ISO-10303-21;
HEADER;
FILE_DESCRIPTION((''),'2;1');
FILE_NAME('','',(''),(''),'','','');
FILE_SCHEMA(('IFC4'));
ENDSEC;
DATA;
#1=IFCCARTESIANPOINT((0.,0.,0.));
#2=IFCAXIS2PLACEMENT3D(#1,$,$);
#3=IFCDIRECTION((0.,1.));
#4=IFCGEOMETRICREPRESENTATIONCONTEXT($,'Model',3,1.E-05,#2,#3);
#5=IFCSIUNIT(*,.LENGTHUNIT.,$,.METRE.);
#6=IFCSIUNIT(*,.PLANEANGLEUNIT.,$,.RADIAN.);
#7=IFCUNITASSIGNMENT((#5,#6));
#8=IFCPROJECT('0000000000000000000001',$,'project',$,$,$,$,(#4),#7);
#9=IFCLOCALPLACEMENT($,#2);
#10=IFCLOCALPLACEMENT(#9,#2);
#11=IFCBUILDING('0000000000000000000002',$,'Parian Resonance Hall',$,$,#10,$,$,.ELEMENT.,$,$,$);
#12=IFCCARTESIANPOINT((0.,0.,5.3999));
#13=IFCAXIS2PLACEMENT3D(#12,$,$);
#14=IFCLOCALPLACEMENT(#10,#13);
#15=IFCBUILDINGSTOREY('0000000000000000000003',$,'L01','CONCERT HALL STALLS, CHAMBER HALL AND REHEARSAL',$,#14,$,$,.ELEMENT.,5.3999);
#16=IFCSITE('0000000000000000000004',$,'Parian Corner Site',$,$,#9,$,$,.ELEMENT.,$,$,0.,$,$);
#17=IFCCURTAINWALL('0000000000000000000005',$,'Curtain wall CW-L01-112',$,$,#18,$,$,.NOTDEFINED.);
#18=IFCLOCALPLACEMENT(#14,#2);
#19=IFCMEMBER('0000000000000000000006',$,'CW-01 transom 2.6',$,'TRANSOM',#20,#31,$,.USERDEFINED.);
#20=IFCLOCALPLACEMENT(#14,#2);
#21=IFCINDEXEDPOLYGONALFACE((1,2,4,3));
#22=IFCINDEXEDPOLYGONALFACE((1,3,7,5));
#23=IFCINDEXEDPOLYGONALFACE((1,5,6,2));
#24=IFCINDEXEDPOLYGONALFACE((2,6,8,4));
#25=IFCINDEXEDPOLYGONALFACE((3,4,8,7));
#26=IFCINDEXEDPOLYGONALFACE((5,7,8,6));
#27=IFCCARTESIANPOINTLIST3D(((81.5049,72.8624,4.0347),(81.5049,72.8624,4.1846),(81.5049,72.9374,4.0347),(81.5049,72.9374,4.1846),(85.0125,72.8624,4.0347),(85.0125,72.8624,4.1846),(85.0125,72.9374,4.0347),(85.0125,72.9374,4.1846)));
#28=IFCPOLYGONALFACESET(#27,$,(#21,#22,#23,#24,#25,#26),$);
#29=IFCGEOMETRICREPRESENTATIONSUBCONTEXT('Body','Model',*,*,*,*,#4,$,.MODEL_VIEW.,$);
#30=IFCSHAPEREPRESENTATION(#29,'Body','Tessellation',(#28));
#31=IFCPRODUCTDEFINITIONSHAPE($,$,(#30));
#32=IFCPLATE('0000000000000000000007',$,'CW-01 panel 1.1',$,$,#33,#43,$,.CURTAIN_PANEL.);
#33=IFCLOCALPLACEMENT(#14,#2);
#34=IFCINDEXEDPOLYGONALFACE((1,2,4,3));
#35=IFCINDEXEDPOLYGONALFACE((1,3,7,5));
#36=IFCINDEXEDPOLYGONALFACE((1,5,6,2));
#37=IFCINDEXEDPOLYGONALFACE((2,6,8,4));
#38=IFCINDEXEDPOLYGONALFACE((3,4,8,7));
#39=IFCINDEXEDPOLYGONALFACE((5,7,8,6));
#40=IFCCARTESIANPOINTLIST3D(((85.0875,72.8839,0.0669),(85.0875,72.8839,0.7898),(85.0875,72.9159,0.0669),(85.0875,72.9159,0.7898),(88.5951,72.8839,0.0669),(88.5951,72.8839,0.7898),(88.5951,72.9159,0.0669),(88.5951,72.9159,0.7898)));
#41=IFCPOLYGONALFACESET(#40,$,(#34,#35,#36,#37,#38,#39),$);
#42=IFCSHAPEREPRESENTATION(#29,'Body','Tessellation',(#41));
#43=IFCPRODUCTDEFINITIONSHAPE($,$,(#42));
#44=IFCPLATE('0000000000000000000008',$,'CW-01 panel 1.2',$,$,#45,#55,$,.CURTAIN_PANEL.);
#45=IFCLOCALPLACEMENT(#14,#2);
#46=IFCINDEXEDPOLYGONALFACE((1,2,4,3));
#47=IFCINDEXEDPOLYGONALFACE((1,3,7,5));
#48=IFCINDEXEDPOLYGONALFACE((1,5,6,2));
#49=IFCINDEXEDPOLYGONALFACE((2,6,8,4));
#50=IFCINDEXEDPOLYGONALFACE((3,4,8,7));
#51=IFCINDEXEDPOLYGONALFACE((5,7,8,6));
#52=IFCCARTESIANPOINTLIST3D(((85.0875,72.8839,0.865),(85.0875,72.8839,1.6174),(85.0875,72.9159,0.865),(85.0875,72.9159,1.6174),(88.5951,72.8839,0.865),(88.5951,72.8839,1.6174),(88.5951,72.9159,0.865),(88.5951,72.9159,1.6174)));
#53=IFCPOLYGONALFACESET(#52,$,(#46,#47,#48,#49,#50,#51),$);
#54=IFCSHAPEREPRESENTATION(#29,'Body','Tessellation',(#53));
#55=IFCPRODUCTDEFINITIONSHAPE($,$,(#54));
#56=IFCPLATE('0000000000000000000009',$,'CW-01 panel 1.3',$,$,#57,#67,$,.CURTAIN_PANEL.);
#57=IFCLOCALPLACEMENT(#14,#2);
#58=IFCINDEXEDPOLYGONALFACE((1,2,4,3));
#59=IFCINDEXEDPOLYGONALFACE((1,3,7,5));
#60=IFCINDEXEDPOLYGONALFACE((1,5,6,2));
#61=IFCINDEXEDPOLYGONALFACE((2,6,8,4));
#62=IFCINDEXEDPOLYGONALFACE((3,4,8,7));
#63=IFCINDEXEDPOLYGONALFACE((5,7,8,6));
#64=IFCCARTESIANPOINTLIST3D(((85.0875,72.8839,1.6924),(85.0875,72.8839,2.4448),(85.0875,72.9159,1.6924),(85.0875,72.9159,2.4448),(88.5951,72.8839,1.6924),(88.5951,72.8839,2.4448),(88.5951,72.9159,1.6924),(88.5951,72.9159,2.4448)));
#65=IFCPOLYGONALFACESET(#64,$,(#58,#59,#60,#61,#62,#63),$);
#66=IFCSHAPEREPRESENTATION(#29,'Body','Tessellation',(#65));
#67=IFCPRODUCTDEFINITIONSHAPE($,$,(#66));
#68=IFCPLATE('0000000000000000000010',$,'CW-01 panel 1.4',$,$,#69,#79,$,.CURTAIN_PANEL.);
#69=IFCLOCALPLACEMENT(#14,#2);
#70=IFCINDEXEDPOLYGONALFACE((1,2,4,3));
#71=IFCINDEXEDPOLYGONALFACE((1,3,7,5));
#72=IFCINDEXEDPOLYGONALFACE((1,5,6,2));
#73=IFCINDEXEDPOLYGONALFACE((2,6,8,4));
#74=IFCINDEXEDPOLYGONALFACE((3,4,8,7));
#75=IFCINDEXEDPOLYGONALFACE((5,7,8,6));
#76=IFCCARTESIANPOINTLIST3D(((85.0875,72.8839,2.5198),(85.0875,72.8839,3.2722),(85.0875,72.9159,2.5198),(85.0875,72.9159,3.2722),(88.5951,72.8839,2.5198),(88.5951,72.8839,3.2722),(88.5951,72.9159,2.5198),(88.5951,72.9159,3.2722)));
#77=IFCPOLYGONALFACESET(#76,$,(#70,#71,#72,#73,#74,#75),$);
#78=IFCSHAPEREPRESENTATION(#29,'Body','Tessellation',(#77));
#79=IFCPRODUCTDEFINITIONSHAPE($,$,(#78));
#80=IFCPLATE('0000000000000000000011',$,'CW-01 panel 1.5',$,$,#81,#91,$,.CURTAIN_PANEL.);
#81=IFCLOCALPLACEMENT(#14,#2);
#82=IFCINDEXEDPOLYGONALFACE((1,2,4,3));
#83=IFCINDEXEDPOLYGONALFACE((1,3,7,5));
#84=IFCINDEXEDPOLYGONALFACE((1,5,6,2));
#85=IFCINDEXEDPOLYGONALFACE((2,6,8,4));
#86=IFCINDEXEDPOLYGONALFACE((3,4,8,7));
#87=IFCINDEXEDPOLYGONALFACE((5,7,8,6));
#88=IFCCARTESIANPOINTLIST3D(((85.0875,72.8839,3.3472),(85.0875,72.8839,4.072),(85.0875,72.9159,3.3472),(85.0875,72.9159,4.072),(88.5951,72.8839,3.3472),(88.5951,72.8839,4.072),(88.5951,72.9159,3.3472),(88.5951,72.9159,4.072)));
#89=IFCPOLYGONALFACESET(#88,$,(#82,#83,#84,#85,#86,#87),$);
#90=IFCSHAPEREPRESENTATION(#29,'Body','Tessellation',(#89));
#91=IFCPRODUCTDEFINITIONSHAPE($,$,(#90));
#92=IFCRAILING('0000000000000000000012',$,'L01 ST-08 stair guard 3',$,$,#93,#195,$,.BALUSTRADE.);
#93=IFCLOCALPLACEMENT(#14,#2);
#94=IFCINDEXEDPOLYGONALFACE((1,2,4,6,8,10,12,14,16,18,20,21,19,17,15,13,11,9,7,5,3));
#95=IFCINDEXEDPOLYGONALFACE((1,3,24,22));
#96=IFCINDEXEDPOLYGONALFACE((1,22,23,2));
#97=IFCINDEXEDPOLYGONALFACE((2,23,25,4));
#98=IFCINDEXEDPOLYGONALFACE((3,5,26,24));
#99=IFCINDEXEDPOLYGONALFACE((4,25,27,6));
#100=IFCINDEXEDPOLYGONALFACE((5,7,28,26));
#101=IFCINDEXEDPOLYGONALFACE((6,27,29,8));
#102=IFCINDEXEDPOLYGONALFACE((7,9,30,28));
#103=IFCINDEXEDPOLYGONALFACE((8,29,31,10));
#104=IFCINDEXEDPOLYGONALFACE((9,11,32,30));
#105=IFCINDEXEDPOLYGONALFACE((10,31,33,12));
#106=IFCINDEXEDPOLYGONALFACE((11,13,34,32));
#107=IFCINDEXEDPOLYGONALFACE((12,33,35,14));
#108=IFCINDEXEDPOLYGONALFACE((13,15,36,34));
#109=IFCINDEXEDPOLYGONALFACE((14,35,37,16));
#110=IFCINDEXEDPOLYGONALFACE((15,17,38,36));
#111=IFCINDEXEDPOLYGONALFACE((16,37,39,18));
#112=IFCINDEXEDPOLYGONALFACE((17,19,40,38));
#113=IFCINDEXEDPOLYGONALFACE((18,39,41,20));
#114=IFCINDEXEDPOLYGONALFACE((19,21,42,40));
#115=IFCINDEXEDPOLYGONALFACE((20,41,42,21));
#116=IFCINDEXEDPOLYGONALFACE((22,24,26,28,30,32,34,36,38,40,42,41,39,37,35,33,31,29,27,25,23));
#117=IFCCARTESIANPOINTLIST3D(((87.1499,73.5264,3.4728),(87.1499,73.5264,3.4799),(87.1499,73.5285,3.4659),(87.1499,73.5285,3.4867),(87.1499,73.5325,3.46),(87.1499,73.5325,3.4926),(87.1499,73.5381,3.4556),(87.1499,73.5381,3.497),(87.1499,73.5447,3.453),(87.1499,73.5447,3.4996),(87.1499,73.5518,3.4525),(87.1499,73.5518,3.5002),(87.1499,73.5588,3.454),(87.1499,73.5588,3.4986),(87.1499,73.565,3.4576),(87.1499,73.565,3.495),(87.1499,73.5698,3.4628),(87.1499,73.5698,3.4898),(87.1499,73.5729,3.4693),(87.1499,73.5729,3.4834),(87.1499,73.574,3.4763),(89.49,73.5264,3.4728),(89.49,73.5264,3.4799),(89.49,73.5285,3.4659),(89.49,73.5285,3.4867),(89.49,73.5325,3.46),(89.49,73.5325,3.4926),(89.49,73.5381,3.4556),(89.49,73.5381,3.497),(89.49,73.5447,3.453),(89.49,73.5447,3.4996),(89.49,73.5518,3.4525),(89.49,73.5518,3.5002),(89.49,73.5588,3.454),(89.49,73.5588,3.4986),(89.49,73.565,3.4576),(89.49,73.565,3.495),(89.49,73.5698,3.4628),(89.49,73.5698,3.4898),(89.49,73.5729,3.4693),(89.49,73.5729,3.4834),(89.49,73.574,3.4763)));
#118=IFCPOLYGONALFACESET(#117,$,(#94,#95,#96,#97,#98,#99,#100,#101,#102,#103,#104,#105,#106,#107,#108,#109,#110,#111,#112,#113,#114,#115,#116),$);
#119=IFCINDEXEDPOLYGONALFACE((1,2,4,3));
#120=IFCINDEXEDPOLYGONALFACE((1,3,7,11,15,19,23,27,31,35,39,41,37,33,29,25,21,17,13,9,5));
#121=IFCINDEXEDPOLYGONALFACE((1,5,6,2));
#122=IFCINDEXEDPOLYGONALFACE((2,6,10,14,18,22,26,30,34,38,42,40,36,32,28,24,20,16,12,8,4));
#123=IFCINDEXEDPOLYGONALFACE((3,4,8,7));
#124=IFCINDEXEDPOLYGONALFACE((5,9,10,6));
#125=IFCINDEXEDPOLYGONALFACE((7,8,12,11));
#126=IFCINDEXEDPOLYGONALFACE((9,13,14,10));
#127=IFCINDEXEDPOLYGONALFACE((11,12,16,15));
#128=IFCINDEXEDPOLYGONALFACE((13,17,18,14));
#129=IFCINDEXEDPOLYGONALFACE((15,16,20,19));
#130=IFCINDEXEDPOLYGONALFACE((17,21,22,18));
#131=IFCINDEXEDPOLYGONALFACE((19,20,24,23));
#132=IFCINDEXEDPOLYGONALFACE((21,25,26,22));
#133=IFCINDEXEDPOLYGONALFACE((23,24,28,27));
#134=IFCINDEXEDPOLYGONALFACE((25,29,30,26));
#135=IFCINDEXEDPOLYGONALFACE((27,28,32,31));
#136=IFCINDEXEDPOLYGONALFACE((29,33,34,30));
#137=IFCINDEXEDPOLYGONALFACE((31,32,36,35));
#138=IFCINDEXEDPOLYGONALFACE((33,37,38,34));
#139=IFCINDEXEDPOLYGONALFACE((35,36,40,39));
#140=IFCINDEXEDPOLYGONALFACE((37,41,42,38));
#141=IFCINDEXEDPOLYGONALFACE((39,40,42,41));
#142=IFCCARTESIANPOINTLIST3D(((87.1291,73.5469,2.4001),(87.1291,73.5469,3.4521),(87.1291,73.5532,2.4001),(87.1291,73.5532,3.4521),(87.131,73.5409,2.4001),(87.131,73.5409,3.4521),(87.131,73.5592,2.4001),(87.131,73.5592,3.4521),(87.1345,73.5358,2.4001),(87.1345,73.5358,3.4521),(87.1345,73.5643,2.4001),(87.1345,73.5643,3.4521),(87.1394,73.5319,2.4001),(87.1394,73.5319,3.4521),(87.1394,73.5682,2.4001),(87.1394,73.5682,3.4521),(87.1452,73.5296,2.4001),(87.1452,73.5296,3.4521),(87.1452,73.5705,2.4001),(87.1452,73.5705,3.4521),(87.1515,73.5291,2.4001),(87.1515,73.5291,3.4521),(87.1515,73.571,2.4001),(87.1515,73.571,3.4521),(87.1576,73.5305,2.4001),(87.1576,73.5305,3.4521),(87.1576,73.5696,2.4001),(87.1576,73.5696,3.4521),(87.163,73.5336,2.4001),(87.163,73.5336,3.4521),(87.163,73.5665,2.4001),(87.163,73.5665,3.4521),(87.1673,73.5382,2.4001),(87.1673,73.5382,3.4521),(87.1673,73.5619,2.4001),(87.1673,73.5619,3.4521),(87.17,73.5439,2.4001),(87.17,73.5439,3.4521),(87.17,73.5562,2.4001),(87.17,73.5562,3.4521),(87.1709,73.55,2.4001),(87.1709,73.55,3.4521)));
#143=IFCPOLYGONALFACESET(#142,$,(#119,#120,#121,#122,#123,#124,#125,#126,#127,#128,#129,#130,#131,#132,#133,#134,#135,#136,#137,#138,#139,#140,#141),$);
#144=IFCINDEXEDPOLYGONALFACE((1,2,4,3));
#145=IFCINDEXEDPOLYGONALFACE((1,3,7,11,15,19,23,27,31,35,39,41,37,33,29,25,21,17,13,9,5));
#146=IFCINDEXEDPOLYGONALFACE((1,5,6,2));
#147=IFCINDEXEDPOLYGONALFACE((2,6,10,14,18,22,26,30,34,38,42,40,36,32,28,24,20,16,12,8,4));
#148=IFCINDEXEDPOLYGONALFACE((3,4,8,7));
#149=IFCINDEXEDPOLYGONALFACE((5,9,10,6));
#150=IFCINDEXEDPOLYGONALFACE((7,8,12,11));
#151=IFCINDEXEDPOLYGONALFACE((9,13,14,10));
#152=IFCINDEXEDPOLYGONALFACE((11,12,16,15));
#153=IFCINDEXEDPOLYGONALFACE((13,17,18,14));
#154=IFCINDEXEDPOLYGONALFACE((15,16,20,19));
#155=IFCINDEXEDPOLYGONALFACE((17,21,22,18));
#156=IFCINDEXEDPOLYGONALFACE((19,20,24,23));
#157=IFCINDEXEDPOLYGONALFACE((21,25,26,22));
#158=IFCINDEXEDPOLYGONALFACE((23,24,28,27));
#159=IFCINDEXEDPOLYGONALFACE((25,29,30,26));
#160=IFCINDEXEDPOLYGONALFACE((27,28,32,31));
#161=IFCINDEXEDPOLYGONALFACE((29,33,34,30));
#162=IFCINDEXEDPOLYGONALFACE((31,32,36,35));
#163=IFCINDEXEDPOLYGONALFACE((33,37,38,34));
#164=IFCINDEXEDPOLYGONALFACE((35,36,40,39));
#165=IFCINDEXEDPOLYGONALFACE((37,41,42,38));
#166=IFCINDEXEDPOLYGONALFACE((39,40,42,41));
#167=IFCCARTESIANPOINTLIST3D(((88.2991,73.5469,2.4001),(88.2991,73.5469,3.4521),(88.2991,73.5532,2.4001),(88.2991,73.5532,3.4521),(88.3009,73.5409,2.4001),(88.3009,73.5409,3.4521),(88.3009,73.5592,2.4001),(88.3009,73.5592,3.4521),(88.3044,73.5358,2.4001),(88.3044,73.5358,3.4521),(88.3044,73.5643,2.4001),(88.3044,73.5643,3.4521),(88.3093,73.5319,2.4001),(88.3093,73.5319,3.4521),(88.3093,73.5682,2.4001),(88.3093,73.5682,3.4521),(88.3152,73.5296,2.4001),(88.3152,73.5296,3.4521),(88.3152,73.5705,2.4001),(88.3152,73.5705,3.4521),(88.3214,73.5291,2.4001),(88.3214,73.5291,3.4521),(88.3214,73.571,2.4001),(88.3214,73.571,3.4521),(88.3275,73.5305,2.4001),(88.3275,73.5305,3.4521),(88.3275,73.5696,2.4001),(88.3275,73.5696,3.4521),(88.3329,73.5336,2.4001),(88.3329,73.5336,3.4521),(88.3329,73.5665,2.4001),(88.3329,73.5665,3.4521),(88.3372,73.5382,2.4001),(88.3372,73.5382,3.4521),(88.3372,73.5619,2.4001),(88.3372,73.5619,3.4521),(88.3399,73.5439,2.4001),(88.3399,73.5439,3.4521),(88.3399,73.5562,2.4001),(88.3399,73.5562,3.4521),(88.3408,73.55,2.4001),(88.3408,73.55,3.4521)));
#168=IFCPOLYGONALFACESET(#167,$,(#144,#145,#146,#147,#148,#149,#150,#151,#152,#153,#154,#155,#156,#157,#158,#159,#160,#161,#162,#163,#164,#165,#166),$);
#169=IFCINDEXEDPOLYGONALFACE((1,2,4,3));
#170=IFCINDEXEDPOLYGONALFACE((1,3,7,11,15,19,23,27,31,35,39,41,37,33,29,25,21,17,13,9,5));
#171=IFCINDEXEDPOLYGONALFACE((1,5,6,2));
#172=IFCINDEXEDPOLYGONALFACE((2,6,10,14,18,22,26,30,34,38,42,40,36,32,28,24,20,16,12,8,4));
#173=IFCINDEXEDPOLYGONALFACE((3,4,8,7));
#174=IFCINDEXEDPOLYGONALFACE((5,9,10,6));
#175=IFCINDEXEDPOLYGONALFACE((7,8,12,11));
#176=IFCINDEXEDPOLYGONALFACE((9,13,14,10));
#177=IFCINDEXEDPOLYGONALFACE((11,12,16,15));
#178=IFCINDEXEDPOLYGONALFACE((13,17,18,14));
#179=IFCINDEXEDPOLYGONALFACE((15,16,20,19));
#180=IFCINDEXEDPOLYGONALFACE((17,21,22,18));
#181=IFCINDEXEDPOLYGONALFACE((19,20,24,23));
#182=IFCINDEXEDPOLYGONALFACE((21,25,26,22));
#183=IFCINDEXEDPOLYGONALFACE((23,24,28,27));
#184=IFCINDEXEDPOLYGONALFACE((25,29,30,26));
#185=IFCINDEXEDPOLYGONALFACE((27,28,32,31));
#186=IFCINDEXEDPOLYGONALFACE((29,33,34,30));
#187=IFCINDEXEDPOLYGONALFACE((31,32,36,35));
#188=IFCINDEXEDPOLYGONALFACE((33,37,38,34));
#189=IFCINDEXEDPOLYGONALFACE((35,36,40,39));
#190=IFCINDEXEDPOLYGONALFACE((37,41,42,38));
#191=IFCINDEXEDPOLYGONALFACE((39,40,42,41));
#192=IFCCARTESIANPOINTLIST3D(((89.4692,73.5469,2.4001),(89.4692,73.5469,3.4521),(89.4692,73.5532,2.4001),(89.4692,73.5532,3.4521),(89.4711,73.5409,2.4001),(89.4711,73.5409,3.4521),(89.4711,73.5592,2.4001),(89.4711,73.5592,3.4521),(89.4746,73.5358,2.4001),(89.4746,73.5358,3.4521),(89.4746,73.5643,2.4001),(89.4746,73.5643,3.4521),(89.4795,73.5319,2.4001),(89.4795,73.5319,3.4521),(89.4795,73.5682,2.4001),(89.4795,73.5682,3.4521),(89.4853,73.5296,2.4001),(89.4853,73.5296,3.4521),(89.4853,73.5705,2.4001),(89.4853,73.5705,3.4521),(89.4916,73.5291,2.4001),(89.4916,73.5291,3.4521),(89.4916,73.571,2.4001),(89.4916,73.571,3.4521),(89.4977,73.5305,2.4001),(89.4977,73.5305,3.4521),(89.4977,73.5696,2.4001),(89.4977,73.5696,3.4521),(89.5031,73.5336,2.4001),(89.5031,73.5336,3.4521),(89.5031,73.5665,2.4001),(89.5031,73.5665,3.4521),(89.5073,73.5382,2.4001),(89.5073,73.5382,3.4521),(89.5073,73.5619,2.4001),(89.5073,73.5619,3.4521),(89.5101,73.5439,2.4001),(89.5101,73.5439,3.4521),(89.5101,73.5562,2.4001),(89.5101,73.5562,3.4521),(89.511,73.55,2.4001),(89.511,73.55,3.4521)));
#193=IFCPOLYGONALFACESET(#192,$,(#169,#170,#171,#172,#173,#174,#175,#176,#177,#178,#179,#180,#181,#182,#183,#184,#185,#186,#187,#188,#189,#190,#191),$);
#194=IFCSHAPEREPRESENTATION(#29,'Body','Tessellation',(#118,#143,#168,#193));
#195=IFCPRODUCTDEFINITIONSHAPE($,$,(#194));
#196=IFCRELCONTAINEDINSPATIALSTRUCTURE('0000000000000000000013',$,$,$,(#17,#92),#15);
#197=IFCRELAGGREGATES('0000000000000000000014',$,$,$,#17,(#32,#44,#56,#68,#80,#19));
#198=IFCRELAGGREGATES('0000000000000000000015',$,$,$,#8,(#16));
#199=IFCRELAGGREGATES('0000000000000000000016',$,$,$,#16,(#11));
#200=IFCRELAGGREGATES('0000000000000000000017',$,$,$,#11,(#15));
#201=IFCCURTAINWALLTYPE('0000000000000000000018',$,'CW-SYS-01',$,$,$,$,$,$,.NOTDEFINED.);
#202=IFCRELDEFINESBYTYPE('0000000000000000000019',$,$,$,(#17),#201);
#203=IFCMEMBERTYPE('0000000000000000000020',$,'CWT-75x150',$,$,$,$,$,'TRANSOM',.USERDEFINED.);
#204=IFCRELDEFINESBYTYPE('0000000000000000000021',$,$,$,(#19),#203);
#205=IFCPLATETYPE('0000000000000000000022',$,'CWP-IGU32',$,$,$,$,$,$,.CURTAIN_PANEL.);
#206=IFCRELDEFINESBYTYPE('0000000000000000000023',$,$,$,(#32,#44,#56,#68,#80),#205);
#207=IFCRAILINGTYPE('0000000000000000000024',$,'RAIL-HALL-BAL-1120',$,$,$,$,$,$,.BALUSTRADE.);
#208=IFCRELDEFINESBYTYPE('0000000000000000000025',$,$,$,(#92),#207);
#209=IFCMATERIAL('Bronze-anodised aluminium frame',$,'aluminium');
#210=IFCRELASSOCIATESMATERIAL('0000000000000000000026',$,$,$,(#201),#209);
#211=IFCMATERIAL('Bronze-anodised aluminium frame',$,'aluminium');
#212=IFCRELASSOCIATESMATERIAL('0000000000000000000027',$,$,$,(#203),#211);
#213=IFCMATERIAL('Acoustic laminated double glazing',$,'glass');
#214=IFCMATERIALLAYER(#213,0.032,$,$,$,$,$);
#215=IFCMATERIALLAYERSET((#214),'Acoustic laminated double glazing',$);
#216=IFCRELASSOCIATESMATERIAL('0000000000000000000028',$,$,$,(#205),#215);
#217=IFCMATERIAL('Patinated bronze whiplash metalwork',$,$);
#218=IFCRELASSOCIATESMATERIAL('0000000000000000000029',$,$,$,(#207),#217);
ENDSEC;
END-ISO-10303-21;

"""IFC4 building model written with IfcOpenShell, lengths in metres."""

from ifc_helpers import new_model, si_unit, direction, frame, origin, origin_2d, place, context, subcontext, project, spatial, rectangle, circle, extrude, material, layer, layer_set, material_profile, profile_set, type_object, element, aggregate, save


model = new_model("IFC4")

# Units and contexts
model_context = context("Model", 3, precision=1e-05, world=origin(), true_north=direction((0.0, 1.0)))
body_context = subcontext(model_context, "Body", "Model", "MODEL_VIEW")
ifc_project = project(units=[si_unit("LENGTHUNIT", "METRE"), si_unit("PLANEANGLEUNIT", "RADIAN")], contexts=[model_context])

# Site, building, storey
site_placement = place(None, origin())
site = spatial("IfcSite", under=ifc_project, at=site_placement, Name="Parian Corner Site", CompositionType="ELEMENT", RefElevation=0.0)
building_placement = place(site_placement, origin())
building = spatial("IfcBuilding", under=site, at=building_placement, Name="Parian Resonance Hall", CompositionType="ELEMENT")
storey_placement = place(building_placement, frame((0.0, 0.0, 5.3999)))
storey = spatial("IfcBuildingStorey", under=building, at=storey_placement, Name="L01", Description="CONCERT HALL STALLS, CHAMBER HALL AND REHEARSAL", CompositionType="ELEMENT", Elevation=5.3999)

# Curtain wall, member, plates
ifc_material_1 = material(Name="Bronze-anodised aluminium frame", Category="aluminium")
curtain_wall_type = type_object("IfcCurtainWallType", Name="CW-SYS-01", PredefinedType="NOTDEFINED", material=ifc_material_1)
curtain_wall_placement = place(storey_placement, origin())
curtain_wall = element("IfcCurtainWall", 1, at=curtain_wall_placement, inside=storey, type_object=curtain_wall_type, Name="Curtain wall CW-L01-112", PredefinedType="NOTDEFINED")
ifc_material_2 = material(Name="Bronze-anodised aluminium frame", Category="aluminium")
ifc_material_profile_1 = material_profile(ifc_material_2, rectangle(XDim=0.075, YDim=0.1499, at=origin_2d()), Name="CWT-75x150")
ifc_profile_set_1 = profile_set([ifc_material_profile_1], Name="Bronze-anodised aluminium frame")
member_type_1 = type_object("IfcMemberType", Name="CWT-75x150", ElementType="TRANSOM", PredefinedType="USERDEFINED", material=ifc_profile_set_1)
member_1_placement = place(storey_placement, frame((85.0125, 72.8999, 4.1096), z_axis=(-1.0, 0.0, 0.0), x_axis=(0.0, -1.0, 0.0)))
member_1 = element("IfcMember", 2, at=member_1_placement, type_object=member_type_1, Name="CW-01 transom 2.6", ObjectType="TRANSOM", PredefinedType="USERDEFINED", context=body_context, shape_type="SweptSolid", body=[
    extrude(rectangle(XDim=0.075, YDim=0.1499, at=origin_2d()), origin(), (0.0, 0.0, 1.0), 3.5076),
])
ifc_material_3 = material(Name="Acoustic laminated double glazing", Category="glass")
ifc_layer = layer(ifc_material_3, 0.032)
ifc_layer_set = layer_set([ifc_layer], Name="Acoustic laminated double glazing")
plate_type = type_object("IfcPlateType", Name="CWP-IGU32", PredefinedType="CURTAIN_PANEL", material=ifc_layer_set)
plate_1_placement = place(storey_placement, frame((86.8413, 72.8999, 0.0669), z_axis=(0.0, 0.0, 1.0), x_axis=(-1.0, 0.0, 0.0)))
plate_1 = element("IfcPlate", 3, at=plate_1_placement, type_object=plate_type, Name="CW-01 panel 1.1", PredefinedType="CURTAIN_PANEL", context=body_context, shape_type="SweptSolid", body=[
    extrude(rectangle(XDim=3.5076, YDim=0.032, at=origin_2d()), origin(), (0.0, 0.0, 1.0), 0.7229),
])
plate_2_placement = place(storey_placement, frame((86.8413, 72.8999, 0.865), z_axis=(0.0, 0.0, 1.0), x_axis=(-1.0, 0.0, 0.0)))
plate_2 = element("IfcPlate", 4, at=plate_2_placement, type_object=plate_type, Name="CW-01 panel 1.2", PredefinedType="CURTAIN_PANEL", context=body_context, shape_type="SweptSolid", body=[
    extrude(rectangle(XDim=3.5076, YDim=0.032, at=origin_2d()), origin(), (0.0, 0.0, 1.0), 0.7524),
])
plate_3_placement = place(storey_placement, frame((86.8413, 72.8999, 1.6924), z_axis=(0.0, 0.0, 1.0), x_axis=(-1.0, 0.0, 0.0)))
plate_3 = element("IfcPlate", 5, at=plate_3_placement, type_object=plate_type, Name="CW-01 panel 1.3", PredefinedType="CURTAIN_PANEL", context=body_context, shape_type="SweptSolid", body=[
    extrude(rectangle(XDim=3.5076, YDim=0.032, at=origin_2d()), origin(), (0.0, 0.0, 1.0), 0.7524),
])
plate_4_placement = place(storey_placement, frame((86.8413, 72.8999, 2.5198), z_axis=(0.0, 0.0, 1.0), x_axis=(-1.0, 0.0, 0.0)))
plate_4 = element("IfcPlate", 6, at=plate_4_placement, type_object=plate_type, Name="CW-01 panel 1.4", PredefinedType="CURTAIN_PANEL", context=body_context, shape_type="SweptSolid", body=[
    extrude(rectangle(XDim=3.5076, YDim=0.032, at=origin_2d()), origin(), (0.0, 0.0, 1.0), 0.7524),
])
plate_5_placement = place(storey_placement, frame((86.8413, 72.8999, 3.3472), z_axis=(0.0, 0.0, 1.0), x_axis=(-1.0, 0.0, 0.0)))
plate_5 = element("IfcPlate", 7, at=plate_5_placement, type_object=plate_type, Name="CW-01 panel 1.5", PredefinedType="CURTAIN_PANEL", context=body_context, shape_type="SweptSolid", body=[
    extrude(rectangle(XDim=3.5076, YDim=0.032, at=origin_2d()), origin(), (0.0, 0.0, 1.0), 0.7249),
])
aggregate(curtain_wall, [plate_1, plate_2, plate_3, plate_4, plate_5, member_1])

# Railing
ifc_material_4 = material(Name="Patinated bronze whiplash metalwork")
railing_type_1 = type_object("IfcRailingType", Name="RAIL-HALL-BAL-1120", PredefinedType="BALUSTRADE", material=ifc_material_4)
railing_1_placement = place(storey_placement, frame((87.1499, 73.55, 2.4001)))
element("IfcRailing", 8, at=railing_1_placement, inside=storey, type_object=railing_type_1, Name="L01 ST-08 stair guard 3", PredefinedType="BALUSTRADE", context=body_context, shape_type="SweptSolid", body=[
    extrude(circle(Radius=0.0239, at=origin_2d()), frame((0.0, 0.0, 1.0762), z_axis=(1.0, 0.0, 0.0), x_axis=(0.0, 1.0, 0.0)), (0.0, 0.0, 1.0), 2.3401),
    extrude(circle(Radius=0.021, at=origin_2d()), origin(), (0.0, 0.0, 1.0), 1.052),
    extrude(circle(Radius=0.021, at=origin_2d()), frame((1.1699, 0.0, 0.0)), (0.0, 0.0, 1.0), 1.052),
    extrude(circle(Radius=0.021, at=origin_2d()), frame((2.3401, 0.0, 0.0)), (0.0, 0.0, 1.0), 1.052),
])

save(model, "model.ifc")
